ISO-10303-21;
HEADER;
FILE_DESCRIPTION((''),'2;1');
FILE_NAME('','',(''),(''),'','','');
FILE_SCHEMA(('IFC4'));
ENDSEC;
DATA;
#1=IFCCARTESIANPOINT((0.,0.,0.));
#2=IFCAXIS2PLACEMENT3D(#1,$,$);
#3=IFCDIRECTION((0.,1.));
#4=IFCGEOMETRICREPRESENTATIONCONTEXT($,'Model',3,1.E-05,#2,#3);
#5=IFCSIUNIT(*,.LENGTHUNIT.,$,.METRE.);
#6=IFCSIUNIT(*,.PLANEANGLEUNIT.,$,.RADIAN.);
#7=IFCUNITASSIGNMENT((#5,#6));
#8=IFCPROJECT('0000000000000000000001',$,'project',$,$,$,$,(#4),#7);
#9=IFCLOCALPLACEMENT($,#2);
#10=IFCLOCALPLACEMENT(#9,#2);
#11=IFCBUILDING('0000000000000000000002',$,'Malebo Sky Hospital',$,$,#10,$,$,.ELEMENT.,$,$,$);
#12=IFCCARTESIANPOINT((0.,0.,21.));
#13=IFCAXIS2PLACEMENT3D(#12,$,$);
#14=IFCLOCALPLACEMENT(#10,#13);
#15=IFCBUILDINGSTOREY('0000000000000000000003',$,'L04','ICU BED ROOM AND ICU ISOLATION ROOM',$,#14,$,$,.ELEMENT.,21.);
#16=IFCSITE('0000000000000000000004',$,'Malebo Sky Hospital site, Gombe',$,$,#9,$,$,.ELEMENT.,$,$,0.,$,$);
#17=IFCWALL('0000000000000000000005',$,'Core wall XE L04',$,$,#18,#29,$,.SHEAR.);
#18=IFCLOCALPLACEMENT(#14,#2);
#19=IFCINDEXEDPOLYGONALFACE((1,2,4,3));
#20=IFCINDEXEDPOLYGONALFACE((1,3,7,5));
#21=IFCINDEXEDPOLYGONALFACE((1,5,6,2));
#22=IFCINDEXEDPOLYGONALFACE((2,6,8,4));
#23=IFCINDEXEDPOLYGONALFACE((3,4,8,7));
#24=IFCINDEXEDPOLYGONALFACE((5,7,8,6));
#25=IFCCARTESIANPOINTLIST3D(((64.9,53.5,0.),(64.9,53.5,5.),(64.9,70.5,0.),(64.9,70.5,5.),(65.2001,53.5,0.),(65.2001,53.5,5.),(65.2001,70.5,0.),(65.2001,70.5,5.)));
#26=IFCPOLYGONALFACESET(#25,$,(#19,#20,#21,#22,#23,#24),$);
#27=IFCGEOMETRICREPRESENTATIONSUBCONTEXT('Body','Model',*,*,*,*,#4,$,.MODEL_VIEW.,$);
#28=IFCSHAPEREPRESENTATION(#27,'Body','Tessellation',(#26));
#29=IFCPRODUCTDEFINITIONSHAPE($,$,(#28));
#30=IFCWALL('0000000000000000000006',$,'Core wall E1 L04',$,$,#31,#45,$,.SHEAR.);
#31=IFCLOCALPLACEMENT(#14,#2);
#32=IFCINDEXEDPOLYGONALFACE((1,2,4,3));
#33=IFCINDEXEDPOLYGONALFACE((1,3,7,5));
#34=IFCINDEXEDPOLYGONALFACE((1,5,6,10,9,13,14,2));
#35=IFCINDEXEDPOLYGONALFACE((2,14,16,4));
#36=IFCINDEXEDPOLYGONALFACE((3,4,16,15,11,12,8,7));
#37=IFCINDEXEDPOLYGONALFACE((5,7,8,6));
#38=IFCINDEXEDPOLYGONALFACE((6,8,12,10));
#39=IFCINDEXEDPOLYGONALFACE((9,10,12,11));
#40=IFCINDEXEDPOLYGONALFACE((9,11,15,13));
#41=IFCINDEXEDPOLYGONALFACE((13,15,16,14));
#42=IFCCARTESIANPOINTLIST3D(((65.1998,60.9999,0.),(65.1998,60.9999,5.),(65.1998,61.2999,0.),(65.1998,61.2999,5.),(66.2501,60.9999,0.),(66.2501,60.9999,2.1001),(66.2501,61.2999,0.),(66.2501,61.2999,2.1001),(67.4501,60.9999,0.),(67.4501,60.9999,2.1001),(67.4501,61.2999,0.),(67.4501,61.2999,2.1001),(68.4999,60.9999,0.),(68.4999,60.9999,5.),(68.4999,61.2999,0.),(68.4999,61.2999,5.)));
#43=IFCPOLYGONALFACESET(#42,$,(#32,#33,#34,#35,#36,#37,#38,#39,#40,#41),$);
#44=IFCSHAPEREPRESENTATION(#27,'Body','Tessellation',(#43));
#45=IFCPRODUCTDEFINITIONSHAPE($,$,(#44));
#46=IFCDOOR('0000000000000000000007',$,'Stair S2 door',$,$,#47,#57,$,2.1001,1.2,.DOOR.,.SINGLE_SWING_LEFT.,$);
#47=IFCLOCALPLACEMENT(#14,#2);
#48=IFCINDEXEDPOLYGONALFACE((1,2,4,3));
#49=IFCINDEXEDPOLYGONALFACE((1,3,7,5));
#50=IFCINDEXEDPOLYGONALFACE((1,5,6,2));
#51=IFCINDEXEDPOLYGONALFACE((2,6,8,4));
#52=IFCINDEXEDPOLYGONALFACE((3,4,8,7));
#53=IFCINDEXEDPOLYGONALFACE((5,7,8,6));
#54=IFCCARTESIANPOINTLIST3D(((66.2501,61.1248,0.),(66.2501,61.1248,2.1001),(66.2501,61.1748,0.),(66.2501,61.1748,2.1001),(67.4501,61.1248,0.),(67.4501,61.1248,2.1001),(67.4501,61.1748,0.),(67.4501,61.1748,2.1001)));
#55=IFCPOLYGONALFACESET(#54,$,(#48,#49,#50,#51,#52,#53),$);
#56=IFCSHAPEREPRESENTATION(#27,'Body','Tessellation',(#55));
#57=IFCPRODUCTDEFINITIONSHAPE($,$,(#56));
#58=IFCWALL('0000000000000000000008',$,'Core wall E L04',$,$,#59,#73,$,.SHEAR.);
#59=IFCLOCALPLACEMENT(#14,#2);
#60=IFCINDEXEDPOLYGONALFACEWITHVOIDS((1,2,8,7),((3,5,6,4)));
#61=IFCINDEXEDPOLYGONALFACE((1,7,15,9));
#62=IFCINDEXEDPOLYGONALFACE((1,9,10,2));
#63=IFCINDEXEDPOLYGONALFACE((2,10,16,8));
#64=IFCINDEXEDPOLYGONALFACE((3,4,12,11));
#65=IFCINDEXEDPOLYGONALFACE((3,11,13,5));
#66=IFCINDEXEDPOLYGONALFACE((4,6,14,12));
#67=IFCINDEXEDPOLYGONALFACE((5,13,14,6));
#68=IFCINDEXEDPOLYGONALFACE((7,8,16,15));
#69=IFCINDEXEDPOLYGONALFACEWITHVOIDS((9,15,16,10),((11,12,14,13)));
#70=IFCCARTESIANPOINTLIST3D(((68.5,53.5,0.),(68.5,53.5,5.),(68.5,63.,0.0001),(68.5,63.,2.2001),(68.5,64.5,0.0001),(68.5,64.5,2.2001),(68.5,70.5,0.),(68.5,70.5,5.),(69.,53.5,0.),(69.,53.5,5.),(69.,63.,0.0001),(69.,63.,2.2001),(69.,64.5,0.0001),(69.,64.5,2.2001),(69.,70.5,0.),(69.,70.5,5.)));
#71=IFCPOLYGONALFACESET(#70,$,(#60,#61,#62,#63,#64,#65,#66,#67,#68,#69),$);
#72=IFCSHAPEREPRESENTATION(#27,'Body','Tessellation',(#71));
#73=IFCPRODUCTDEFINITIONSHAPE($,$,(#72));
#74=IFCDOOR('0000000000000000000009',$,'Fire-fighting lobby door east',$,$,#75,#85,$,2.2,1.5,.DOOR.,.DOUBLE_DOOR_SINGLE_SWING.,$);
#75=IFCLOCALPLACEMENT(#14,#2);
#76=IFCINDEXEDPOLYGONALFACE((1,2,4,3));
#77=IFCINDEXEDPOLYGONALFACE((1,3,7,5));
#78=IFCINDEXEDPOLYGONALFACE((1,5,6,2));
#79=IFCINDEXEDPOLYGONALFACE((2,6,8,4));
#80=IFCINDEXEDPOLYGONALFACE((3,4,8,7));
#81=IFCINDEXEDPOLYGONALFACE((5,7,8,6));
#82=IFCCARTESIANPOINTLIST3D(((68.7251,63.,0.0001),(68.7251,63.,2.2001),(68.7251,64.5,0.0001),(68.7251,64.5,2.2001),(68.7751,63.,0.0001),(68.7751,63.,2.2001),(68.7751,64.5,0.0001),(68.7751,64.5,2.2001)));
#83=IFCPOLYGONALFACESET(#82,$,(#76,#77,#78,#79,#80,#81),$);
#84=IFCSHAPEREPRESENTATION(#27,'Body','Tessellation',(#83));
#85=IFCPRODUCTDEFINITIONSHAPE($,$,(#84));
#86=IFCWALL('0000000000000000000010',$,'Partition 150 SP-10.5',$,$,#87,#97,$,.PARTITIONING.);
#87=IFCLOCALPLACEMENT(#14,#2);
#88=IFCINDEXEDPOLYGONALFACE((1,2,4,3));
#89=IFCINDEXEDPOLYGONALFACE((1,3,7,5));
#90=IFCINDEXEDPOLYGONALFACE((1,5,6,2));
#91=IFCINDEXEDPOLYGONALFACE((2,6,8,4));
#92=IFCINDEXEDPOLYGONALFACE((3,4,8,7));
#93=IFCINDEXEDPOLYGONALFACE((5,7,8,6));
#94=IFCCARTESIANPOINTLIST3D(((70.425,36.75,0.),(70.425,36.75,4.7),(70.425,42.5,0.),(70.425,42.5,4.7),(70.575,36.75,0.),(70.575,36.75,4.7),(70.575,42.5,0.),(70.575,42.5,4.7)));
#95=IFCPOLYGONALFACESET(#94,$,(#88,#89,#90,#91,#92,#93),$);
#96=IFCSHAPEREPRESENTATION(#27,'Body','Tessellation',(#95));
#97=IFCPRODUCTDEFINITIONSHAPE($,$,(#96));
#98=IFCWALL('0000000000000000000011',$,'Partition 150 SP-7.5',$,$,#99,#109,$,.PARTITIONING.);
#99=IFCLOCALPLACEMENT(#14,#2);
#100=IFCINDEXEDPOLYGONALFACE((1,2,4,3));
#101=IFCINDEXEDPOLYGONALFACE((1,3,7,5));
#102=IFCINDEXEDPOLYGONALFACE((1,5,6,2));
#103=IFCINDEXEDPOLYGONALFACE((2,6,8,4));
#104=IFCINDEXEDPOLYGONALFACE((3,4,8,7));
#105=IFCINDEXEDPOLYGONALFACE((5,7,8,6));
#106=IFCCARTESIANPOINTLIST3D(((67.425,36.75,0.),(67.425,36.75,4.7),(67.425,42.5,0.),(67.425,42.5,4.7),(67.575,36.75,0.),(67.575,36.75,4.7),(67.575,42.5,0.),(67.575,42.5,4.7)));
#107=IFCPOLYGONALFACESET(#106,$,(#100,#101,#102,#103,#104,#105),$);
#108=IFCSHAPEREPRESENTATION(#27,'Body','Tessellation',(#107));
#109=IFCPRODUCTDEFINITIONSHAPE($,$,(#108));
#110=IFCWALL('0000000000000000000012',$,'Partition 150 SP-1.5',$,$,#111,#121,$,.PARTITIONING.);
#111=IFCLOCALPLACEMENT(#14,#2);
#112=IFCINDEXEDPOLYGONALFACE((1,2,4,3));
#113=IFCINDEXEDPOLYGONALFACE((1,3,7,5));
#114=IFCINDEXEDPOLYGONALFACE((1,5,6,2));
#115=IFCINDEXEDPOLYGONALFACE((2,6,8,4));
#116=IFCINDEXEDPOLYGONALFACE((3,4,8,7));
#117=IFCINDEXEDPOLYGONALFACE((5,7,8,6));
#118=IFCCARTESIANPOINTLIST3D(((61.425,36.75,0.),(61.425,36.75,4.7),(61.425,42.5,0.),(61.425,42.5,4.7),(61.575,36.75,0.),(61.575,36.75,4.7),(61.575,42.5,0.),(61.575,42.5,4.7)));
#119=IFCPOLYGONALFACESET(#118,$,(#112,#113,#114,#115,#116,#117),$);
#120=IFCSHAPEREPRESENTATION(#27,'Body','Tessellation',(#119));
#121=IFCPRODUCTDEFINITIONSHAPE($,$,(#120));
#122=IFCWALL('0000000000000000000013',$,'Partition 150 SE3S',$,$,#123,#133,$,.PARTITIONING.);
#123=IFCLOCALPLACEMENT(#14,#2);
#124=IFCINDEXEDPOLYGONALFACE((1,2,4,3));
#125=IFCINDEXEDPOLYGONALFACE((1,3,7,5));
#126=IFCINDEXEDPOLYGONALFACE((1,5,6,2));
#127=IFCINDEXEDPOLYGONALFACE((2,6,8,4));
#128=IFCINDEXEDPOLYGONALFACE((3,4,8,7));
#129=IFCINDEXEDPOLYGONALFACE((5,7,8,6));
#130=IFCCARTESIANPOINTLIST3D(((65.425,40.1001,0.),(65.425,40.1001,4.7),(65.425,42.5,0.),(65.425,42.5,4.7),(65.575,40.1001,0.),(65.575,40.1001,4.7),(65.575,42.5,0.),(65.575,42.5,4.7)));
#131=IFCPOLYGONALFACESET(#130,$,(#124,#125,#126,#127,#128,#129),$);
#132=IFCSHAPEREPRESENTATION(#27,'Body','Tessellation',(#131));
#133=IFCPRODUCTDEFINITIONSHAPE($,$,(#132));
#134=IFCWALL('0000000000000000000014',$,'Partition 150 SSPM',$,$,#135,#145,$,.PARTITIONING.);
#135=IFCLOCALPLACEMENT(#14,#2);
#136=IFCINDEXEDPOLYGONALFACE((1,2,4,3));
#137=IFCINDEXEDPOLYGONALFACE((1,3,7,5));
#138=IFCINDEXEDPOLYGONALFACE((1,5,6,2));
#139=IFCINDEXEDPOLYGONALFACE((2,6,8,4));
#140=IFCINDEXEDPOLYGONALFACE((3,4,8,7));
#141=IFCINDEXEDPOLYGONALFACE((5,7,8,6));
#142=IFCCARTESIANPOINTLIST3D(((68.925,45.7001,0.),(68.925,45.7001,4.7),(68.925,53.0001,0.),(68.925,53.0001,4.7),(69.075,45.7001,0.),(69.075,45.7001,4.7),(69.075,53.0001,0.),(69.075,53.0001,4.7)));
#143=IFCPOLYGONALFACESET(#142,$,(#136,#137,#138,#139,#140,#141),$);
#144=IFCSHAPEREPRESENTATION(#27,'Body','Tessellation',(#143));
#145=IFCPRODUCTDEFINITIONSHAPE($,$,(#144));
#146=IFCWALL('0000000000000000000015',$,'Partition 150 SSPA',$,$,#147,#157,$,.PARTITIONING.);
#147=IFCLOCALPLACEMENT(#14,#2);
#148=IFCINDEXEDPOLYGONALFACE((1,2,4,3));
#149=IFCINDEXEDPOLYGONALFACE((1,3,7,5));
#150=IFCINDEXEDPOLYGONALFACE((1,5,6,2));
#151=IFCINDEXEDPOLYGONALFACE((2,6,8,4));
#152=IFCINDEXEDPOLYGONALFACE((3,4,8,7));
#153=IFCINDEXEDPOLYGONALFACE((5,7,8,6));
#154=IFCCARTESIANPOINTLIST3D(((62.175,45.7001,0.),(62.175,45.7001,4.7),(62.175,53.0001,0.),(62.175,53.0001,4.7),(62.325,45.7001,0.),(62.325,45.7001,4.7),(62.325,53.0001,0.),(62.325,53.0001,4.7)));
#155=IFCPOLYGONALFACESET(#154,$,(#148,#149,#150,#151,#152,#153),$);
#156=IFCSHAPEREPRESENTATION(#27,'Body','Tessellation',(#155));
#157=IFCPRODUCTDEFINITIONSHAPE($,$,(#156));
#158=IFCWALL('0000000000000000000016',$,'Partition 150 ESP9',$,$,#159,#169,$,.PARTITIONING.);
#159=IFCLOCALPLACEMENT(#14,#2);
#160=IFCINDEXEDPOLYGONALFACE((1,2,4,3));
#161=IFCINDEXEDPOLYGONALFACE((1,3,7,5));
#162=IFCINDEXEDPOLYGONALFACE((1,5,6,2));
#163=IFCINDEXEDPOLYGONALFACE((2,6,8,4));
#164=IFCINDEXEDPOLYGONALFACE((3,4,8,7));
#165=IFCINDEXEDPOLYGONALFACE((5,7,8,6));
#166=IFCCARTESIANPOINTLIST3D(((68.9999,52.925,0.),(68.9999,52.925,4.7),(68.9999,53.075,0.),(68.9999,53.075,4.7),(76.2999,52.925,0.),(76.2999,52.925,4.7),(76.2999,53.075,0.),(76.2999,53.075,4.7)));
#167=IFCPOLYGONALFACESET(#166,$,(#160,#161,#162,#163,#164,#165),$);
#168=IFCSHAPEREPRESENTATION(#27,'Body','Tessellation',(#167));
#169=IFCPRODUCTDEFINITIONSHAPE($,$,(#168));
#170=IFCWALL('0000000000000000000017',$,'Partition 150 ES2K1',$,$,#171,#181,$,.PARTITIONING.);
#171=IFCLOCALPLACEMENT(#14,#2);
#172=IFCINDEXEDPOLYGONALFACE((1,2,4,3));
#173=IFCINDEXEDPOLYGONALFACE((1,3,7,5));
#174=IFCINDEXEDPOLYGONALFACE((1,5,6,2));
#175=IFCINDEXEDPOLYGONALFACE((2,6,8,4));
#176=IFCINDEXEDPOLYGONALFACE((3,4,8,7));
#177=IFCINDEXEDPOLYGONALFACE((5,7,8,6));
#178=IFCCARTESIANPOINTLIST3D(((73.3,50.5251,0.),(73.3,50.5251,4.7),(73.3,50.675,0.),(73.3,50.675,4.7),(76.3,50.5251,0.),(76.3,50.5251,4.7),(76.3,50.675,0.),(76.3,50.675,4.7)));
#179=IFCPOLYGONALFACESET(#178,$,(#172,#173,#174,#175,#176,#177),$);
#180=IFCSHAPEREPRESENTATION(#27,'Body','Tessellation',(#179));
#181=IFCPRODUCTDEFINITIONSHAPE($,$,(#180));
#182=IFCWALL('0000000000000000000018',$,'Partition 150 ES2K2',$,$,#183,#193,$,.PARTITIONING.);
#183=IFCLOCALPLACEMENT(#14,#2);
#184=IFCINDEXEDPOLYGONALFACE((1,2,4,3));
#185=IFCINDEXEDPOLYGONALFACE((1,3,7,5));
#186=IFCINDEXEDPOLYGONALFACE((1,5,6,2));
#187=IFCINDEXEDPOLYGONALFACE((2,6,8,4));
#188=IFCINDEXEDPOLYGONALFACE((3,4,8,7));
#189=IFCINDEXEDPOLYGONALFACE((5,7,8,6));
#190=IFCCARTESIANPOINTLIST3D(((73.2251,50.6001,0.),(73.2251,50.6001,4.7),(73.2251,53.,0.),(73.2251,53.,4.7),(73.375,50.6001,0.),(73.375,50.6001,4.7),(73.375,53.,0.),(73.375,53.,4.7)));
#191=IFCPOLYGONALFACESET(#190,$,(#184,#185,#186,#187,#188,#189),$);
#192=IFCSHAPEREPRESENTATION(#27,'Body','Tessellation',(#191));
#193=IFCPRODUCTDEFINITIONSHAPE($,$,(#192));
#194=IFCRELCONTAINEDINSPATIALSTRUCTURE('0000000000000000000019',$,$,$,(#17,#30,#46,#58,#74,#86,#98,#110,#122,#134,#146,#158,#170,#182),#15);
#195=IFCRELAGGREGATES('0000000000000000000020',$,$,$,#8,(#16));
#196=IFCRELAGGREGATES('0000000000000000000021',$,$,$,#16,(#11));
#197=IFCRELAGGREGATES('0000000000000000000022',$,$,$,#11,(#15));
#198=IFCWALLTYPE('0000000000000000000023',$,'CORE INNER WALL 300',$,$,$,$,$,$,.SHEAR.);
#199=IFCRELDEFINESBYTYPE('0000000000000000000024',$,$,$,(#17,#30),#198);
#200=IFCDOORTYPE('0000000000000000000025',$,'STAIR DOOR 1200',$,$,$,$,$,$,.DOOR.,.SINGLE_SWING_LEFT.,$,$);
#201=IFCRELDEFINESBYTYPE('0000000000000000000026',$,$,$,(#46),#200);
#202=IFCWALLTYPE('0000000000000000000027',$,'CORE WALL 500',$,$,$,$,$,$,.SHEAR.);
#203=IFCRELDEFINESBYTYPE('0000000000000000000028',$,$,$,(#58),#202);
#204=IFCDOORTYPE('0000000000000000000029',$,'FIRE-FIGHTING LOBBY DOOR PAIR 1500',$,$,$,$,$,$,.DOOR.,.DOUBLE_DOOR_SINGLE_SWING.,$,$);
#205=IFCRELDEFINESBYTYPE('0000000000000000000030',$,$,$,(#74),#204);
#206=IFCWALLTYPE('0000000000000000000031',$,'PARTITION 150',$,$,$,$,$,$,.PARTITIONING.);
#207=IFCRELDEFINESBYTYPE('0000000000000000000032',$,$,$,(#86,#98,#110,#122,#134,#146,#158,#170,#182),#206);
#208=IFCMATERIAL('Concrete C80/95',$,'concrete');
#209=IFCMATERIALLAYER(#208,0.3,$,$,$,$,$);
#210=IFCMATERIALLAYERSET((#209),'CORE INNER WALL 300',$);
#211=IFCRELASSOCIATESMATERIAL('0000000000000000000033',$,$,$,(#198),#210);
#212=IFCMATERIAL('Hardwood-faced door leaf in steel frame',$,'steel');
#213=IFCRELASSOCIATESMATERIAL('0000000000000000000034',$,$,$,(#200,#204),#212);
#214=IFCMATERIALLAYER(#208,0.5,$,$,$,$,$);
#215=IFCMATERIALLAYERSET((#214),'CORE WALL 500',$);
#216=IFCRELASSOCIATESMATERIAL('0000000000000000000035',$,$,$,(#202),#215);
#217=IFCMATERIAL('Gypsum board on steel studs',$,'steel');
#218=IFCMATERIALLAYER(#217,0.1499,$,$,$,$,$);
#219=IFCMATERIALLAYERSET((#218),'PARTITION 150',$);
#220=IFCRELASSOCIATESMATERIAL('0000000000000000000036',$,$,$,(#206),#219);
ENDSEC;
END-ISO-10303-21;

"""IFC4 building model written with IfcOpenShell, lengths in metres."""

from ifc_helpers import new_model, si_unit, direction, frame, frame_2d, origin, place, context, subcontext, project, spatial, rectangle, extrude, material, layer, layer_set, type_object, element, fill, save


model = new_model("IFC4")

# Units and contexts
model_context = context("Model", 3, precision=1e-05, world=origin(), true_north=direction((0.0, 1.0)))
body_context = subcontext(model_context, "Body", "Model", "MODEL_VIEW")
ifc_project = project(units=[si_unit("LENGTHUNIT", "METRE"), si_unit("PLANEANGLEUNIT", "RADIAN")], contexts=[model_context])

# Site, building, storey
site_placement = place(None, origin())
site = spatial("IfcSite", under=ifc_project, at=site_placement, Name="Malebo Sky Hospital site, Gombe", CompositionType="ELEMENT", RefElevation=0.0)
building_placement = place(site_placement, origin())
building = spatial("IfcBuilding", under=site, at=building_placement, Name="Malebo Sky Hospital", CompositionType="ELEMENT")
storey_placement = place(building_placement, frame((0.0, 0.0, 21.0)))
storey = spatial("IfcBuildingStorey", under=building, at=storey_placement, Name="L04", Description="ICU BED ROOM AND ICU ISOLATION ROOM", CompositionType="ELEMENT", Elevation=21.0)

# Shared definitions
ifc_material_1 = material(Name="Concrete C80/95", Category="concrete")

# Wall
ifc_layer_1 = layer(ifc_material_1, 0.3)
ifc_layer_set_1 = layer_set([ifc_layer_1], Name="CORE INNER WALL 300")
wall_type_1 = type_object("IfcWallType", Name="CORE INNER WALL 300", PredefinedType="SHEAR", material=ifc_layer_set_1)
wall_1_placement = place(storey_placement, frame((65.05, 53.5, 0.0), z_axis=(0.0, 0.0, 1.0), x_axis=(0.0, 1.0, 0.0)))
element("IfcWall", 1, at=wall_1_placement, inside=storey, type_object=wall_type_1, Name="Core wall XE L04", PredefinedType="SHEAR", context=body_context, shape_type="SweptSolid", body=[
    extrude(rectangle(XDim=17.0, YDim=0.3, at=frame_2d((8.5, 0.0))), origin(), (0.0, 0.0, 1.0), 5.0),
])

# Walls, openings, doors
wall_2_placement = place(storey_placement, frame((65.2, 61.1499, 0.0), z_axis=(0.0, 0.0, 1.0), x_axis=(1.0, 0.0, 0.0)))
wall_2 = element("IfcWall", 2, at=wall_2_placement, inside=storey, type_object=wall_type_1, Name="Core wall E1 L04", PredefinedType="SHEAR", context=body_context, shape_type="SweptSolid", body=[
    extrude(rectangle(XDim=3.3, YDim=0.3, at=frame_2d((1.6499, 0.0))), origin(), (0.0, 0.0, 1.0), 5.0),
])
opening_1_placement = place(wall_2_placement, frame((1.05, 0.0, 0.0)))
opening_1 = element("IfcOpeningElement", 3, at=opening_1_placement, cuts=wall_2, PredefinedType="OPENING", context=body_context, shape_type="SweptSolid", body=[
    extrude(rectangle(XDim=1.2, YDim=2.1001, at=frame_2d((0.6001, 1.05))), frame((0.0, 0.1599, 0.0), z_axis=(0.0, -1.0, 0.0), x_axis=(1.0, 0.0, 0.0)), (0.0, 0.0, 1.0), 0.3201),
])
ifc_material_2 = material(Name="Hardwood-faced door leaf in steel frame", Category="steel")
door_type_1 = type_object("IfcDoorType", Name="STAIR DOOR 1200", OperationType="SINGLE_SWING_LEFT", PredefinedType="DOOR", material=ifc_material_2)
door_1_placement = place(opening_1_placement, origin())
door_1 = element("IfcDoor", 4, at=door_1_placement, inside=storey, type_object=door_type_1, Name="Stair S2 door", OperationType="SINGLE_SWING_LEFT", OverallHeight=2.1001, OverallWidth=1.2, PredefinedType="DOOR", context=body_context, shape_type="SweptSolid", body=[
    extrude(rectangle(XDim=1.2, YDim=2.1001, at=frame_2d((0.6001, 1.05))), frame((0.0, 0.0249, 0.0), z_axis=(0.0, -1.0, 0.0), x_axis=(1.0, 0.0, 0.0)), (0.0, 0.0, 1.0), 0.05),
])
fill(opening_1, door_1)
ifc_layer_2 = layer(ifc_material_1, 0.5)
ifc_layer_set_2 = layer_set([ifc_layer_2], Name="CORE WALL 500")
wall_type_2 = type_object("IfcWallType", Name="CORE WALL 500", PredefinedType="SHEAR", material=ifc_layer_set_2)
wall_3_placement = place(storey_placement, frame((68.75, 53.5, 0.0), z_axis=(0.0, 0.0, 1.0), x_axis=(0.0, 1.0, 0.0)))
wall_3 = element("IfcWall", 5, at=wall_3_placement, inside=storey, type_object=wall_type_2, Name="Core wall E L04", PredefinedType="SHEAR", context=body_context, shape_type="SweptSolid", body=[
    extrude(rectangle(XDim=17.0, YDim=0.5, at=frame_2d((8.5, 0.0))), origin(), (0.0, 0.0, 1.0), 5.0),
])
opening_2_placement = place(wall_3_placement, frame((9.5, 0.0, 0.0)))
opening_2 = element("IfcOpeningElement", 6, at=opening_2_placement, cuts=wall_3, PredefinedType="OPENING", context=body_context, shape_type="SweptSolid", body=[
    extrude(rectangle(XDim=1.5, YDim=2.2, at=frame_2d((0.75, 1.1001))), frame((0.0, 0.26, 0.0), z_axis=(0.0, -1.0, 0.0), x_axis=(1.0, 0.0, 0.0)), (0.0, 0.0, 1.0), 0.52),
])
door_type_2 = type_object("IfcDoorType", Name="FIRE-FIGHTING LOBBY DOOR PAIR 1500", OperationType="DOUBLE_DOOR_SINGLE_SWING", PredefinedType="DOOR", material=ifc_material_2)
door_2_placement = place(opening_2_placement, origin())
door_2 = element("IfcDoor", 7, at=door_2_placement, inside=storey, type_object=door_type_2, Name="Fire-fighting lobby door east", OperationType="DOUBLE_DOOR_SINGLE_SWING", OverallHeight=2.2, OverallWidth=1.5, PredefinedType="DOOR", context=body_context, shape_type="SweptSolid", body=[
    extrude(rectangle(XDim=1.5, YDim=2.2, at=frame_2d((0.75, 1.1001))), frame((0.0, 0.0249, 0.0), z_axis=(0.0, -1.0, 0.0), x_axis=(1.0, 0.0, 0.0)), (0.0, 0.0, 1.0), 0.05),
])
fill(opening_2, door_2)

# Walls
ifc_material_3 = material(Name="Gypsum board on steel studs", Category="steel")
ifc_layer_3 = layer(ifc_material_3, 0.1499)
ifc_layer_set_3 = layer_set([ifc_layer_3], Name="PARTITION 150")
wall_type_3 = type_object("IfcWallType", Name="PARTITION 150", PredefinedType="PARTITIONING", material=ifc_layer_set_3)
for number, where, z_axis, x_axis, name in (
    (8, (70.5, 42.5, 0.0), (0.0, 0.0, 1.0), (0.0, -1.0, 0.0), "Partition 150 SP-10.5"),
    (9, (67.5, 42.5, 0.0), (0.0, 0.0, 1.0), (0.0, -1.0, 0.0), "Partition 150 SP-7.5"),
    (10, (61.5, 42.5, 0.0), (0.0, 0.0, 1.0), (0.0, -1.0, 0.0), "Partition 150 SP-1.5"),
):
    element("IfcWall", number, at=place(storey_placement, frame(where, z_axis=z_axis, x_axis=x_axis)), inside=storey, type_object=wall_type_3, Name=name, PredefinedType="PARTITIONING", context=body_context, shape_type="SweptSolid", body=[
        extrude(rectangle(XDim=5.75, YDim=0.1499, at=frame_2d((2.875, 0.0))), origin(), (0.0, 0.0, 1.0), 4.7),
    ])
wall_4_placement = place(storey_placement, frame((65.5, 42.5, 0.0), z_axis=(0.0, 0.0, 1.0), x_axis=(0.0, -1.0, 0.0)))
element("IfcWall", 11, at=wall_4_placement, inside=storey, type_object=wall_type_3, Name="Partition 150 SE3S", PredefinedType="PARTITIONING", context=body_context, shape_type="SweptSolid", body=[
    extrude(rectangle(XDim=2.3999, YDim=0.1499, at=frame_2d((1.2, 0.0))), origin(), (0.0, 0.0, 1.0), 4.7),
])
for number, where, z_axis, x_axis, name in (
    (12, (69.0, 53.0, 0.0), (0.0, 0.0, 1.0), (0.0, -1.0, 0.0), "Partition 150 SSPM"),
    (13, (62.25, 53.0, 0.0), (0.0, 0.0, 1.0), (0.0, -1.0, 0.0), "Partition 150 SSPA"),
    (14, (69.0, 53.0, 0.0), (0.0, 0.0, 1.0), (1.0, 0.0, 0.0), "Partition 150 ESP9"),
):
    element("IfcWall", number, at=place(storey_placement, frame(where, z_axis=z_axis, x_axis=x_axis)), inside=storey, type_object=wall_type_3, Name=name, PredefinedType="PARTITIONING", context=body_context, shape_type="SweptSolid", body=[
        extrude(rectangle(XDim=7.3, YDim=0.1499, at=frame_2d((3.6499, 0.0))), origin(), (0.0, 0.0, 1.0), 4.7),
    ])
wall_5_placement = place(storey_placement, frame((73.3, 50.6001, 0.0), z_axis=(0.0, 0.0, 1.0), x_axis=(1.0, 0.0, 0.0)))
element("IfcWall", 15, at=wall_5_placement, inside=storey, type_object=wall_type_3, Name="Partition 150 ES2K1", PredefinedType="PARTITIONING", context=body_context, shape_type="SweptSolid", body=[
    extrude(rectangle(XDim=3.0, YDim=0.1499, at=frame_2d((1.5, 0.0))), origin(), (0.0, 0.0, 1.0), 4.7),
])
wall_6_placement = place(storey_placement, frame((73.3, 53.0, 0.0), z_axis=(0.0, 0.0, 1.0), x_axis=(0.0, -1.0, 0.0)))
element("IfcWall", 16, at=wall_6_placement, inside=storey, type_object=wall_type_3, Name="Partition 150 ES2K2", PredefinedType="PARTITIONING", context=body_context, shape_type="SweptSolid", body=[
    extrude(rectangle(XDim=2.3999, YDim=0.1499, at=frame_2d((1.2, 0.0))), origin(), (0.0, 0.0, 1.0), 4.7),
])

save(model, "model.ifc")
